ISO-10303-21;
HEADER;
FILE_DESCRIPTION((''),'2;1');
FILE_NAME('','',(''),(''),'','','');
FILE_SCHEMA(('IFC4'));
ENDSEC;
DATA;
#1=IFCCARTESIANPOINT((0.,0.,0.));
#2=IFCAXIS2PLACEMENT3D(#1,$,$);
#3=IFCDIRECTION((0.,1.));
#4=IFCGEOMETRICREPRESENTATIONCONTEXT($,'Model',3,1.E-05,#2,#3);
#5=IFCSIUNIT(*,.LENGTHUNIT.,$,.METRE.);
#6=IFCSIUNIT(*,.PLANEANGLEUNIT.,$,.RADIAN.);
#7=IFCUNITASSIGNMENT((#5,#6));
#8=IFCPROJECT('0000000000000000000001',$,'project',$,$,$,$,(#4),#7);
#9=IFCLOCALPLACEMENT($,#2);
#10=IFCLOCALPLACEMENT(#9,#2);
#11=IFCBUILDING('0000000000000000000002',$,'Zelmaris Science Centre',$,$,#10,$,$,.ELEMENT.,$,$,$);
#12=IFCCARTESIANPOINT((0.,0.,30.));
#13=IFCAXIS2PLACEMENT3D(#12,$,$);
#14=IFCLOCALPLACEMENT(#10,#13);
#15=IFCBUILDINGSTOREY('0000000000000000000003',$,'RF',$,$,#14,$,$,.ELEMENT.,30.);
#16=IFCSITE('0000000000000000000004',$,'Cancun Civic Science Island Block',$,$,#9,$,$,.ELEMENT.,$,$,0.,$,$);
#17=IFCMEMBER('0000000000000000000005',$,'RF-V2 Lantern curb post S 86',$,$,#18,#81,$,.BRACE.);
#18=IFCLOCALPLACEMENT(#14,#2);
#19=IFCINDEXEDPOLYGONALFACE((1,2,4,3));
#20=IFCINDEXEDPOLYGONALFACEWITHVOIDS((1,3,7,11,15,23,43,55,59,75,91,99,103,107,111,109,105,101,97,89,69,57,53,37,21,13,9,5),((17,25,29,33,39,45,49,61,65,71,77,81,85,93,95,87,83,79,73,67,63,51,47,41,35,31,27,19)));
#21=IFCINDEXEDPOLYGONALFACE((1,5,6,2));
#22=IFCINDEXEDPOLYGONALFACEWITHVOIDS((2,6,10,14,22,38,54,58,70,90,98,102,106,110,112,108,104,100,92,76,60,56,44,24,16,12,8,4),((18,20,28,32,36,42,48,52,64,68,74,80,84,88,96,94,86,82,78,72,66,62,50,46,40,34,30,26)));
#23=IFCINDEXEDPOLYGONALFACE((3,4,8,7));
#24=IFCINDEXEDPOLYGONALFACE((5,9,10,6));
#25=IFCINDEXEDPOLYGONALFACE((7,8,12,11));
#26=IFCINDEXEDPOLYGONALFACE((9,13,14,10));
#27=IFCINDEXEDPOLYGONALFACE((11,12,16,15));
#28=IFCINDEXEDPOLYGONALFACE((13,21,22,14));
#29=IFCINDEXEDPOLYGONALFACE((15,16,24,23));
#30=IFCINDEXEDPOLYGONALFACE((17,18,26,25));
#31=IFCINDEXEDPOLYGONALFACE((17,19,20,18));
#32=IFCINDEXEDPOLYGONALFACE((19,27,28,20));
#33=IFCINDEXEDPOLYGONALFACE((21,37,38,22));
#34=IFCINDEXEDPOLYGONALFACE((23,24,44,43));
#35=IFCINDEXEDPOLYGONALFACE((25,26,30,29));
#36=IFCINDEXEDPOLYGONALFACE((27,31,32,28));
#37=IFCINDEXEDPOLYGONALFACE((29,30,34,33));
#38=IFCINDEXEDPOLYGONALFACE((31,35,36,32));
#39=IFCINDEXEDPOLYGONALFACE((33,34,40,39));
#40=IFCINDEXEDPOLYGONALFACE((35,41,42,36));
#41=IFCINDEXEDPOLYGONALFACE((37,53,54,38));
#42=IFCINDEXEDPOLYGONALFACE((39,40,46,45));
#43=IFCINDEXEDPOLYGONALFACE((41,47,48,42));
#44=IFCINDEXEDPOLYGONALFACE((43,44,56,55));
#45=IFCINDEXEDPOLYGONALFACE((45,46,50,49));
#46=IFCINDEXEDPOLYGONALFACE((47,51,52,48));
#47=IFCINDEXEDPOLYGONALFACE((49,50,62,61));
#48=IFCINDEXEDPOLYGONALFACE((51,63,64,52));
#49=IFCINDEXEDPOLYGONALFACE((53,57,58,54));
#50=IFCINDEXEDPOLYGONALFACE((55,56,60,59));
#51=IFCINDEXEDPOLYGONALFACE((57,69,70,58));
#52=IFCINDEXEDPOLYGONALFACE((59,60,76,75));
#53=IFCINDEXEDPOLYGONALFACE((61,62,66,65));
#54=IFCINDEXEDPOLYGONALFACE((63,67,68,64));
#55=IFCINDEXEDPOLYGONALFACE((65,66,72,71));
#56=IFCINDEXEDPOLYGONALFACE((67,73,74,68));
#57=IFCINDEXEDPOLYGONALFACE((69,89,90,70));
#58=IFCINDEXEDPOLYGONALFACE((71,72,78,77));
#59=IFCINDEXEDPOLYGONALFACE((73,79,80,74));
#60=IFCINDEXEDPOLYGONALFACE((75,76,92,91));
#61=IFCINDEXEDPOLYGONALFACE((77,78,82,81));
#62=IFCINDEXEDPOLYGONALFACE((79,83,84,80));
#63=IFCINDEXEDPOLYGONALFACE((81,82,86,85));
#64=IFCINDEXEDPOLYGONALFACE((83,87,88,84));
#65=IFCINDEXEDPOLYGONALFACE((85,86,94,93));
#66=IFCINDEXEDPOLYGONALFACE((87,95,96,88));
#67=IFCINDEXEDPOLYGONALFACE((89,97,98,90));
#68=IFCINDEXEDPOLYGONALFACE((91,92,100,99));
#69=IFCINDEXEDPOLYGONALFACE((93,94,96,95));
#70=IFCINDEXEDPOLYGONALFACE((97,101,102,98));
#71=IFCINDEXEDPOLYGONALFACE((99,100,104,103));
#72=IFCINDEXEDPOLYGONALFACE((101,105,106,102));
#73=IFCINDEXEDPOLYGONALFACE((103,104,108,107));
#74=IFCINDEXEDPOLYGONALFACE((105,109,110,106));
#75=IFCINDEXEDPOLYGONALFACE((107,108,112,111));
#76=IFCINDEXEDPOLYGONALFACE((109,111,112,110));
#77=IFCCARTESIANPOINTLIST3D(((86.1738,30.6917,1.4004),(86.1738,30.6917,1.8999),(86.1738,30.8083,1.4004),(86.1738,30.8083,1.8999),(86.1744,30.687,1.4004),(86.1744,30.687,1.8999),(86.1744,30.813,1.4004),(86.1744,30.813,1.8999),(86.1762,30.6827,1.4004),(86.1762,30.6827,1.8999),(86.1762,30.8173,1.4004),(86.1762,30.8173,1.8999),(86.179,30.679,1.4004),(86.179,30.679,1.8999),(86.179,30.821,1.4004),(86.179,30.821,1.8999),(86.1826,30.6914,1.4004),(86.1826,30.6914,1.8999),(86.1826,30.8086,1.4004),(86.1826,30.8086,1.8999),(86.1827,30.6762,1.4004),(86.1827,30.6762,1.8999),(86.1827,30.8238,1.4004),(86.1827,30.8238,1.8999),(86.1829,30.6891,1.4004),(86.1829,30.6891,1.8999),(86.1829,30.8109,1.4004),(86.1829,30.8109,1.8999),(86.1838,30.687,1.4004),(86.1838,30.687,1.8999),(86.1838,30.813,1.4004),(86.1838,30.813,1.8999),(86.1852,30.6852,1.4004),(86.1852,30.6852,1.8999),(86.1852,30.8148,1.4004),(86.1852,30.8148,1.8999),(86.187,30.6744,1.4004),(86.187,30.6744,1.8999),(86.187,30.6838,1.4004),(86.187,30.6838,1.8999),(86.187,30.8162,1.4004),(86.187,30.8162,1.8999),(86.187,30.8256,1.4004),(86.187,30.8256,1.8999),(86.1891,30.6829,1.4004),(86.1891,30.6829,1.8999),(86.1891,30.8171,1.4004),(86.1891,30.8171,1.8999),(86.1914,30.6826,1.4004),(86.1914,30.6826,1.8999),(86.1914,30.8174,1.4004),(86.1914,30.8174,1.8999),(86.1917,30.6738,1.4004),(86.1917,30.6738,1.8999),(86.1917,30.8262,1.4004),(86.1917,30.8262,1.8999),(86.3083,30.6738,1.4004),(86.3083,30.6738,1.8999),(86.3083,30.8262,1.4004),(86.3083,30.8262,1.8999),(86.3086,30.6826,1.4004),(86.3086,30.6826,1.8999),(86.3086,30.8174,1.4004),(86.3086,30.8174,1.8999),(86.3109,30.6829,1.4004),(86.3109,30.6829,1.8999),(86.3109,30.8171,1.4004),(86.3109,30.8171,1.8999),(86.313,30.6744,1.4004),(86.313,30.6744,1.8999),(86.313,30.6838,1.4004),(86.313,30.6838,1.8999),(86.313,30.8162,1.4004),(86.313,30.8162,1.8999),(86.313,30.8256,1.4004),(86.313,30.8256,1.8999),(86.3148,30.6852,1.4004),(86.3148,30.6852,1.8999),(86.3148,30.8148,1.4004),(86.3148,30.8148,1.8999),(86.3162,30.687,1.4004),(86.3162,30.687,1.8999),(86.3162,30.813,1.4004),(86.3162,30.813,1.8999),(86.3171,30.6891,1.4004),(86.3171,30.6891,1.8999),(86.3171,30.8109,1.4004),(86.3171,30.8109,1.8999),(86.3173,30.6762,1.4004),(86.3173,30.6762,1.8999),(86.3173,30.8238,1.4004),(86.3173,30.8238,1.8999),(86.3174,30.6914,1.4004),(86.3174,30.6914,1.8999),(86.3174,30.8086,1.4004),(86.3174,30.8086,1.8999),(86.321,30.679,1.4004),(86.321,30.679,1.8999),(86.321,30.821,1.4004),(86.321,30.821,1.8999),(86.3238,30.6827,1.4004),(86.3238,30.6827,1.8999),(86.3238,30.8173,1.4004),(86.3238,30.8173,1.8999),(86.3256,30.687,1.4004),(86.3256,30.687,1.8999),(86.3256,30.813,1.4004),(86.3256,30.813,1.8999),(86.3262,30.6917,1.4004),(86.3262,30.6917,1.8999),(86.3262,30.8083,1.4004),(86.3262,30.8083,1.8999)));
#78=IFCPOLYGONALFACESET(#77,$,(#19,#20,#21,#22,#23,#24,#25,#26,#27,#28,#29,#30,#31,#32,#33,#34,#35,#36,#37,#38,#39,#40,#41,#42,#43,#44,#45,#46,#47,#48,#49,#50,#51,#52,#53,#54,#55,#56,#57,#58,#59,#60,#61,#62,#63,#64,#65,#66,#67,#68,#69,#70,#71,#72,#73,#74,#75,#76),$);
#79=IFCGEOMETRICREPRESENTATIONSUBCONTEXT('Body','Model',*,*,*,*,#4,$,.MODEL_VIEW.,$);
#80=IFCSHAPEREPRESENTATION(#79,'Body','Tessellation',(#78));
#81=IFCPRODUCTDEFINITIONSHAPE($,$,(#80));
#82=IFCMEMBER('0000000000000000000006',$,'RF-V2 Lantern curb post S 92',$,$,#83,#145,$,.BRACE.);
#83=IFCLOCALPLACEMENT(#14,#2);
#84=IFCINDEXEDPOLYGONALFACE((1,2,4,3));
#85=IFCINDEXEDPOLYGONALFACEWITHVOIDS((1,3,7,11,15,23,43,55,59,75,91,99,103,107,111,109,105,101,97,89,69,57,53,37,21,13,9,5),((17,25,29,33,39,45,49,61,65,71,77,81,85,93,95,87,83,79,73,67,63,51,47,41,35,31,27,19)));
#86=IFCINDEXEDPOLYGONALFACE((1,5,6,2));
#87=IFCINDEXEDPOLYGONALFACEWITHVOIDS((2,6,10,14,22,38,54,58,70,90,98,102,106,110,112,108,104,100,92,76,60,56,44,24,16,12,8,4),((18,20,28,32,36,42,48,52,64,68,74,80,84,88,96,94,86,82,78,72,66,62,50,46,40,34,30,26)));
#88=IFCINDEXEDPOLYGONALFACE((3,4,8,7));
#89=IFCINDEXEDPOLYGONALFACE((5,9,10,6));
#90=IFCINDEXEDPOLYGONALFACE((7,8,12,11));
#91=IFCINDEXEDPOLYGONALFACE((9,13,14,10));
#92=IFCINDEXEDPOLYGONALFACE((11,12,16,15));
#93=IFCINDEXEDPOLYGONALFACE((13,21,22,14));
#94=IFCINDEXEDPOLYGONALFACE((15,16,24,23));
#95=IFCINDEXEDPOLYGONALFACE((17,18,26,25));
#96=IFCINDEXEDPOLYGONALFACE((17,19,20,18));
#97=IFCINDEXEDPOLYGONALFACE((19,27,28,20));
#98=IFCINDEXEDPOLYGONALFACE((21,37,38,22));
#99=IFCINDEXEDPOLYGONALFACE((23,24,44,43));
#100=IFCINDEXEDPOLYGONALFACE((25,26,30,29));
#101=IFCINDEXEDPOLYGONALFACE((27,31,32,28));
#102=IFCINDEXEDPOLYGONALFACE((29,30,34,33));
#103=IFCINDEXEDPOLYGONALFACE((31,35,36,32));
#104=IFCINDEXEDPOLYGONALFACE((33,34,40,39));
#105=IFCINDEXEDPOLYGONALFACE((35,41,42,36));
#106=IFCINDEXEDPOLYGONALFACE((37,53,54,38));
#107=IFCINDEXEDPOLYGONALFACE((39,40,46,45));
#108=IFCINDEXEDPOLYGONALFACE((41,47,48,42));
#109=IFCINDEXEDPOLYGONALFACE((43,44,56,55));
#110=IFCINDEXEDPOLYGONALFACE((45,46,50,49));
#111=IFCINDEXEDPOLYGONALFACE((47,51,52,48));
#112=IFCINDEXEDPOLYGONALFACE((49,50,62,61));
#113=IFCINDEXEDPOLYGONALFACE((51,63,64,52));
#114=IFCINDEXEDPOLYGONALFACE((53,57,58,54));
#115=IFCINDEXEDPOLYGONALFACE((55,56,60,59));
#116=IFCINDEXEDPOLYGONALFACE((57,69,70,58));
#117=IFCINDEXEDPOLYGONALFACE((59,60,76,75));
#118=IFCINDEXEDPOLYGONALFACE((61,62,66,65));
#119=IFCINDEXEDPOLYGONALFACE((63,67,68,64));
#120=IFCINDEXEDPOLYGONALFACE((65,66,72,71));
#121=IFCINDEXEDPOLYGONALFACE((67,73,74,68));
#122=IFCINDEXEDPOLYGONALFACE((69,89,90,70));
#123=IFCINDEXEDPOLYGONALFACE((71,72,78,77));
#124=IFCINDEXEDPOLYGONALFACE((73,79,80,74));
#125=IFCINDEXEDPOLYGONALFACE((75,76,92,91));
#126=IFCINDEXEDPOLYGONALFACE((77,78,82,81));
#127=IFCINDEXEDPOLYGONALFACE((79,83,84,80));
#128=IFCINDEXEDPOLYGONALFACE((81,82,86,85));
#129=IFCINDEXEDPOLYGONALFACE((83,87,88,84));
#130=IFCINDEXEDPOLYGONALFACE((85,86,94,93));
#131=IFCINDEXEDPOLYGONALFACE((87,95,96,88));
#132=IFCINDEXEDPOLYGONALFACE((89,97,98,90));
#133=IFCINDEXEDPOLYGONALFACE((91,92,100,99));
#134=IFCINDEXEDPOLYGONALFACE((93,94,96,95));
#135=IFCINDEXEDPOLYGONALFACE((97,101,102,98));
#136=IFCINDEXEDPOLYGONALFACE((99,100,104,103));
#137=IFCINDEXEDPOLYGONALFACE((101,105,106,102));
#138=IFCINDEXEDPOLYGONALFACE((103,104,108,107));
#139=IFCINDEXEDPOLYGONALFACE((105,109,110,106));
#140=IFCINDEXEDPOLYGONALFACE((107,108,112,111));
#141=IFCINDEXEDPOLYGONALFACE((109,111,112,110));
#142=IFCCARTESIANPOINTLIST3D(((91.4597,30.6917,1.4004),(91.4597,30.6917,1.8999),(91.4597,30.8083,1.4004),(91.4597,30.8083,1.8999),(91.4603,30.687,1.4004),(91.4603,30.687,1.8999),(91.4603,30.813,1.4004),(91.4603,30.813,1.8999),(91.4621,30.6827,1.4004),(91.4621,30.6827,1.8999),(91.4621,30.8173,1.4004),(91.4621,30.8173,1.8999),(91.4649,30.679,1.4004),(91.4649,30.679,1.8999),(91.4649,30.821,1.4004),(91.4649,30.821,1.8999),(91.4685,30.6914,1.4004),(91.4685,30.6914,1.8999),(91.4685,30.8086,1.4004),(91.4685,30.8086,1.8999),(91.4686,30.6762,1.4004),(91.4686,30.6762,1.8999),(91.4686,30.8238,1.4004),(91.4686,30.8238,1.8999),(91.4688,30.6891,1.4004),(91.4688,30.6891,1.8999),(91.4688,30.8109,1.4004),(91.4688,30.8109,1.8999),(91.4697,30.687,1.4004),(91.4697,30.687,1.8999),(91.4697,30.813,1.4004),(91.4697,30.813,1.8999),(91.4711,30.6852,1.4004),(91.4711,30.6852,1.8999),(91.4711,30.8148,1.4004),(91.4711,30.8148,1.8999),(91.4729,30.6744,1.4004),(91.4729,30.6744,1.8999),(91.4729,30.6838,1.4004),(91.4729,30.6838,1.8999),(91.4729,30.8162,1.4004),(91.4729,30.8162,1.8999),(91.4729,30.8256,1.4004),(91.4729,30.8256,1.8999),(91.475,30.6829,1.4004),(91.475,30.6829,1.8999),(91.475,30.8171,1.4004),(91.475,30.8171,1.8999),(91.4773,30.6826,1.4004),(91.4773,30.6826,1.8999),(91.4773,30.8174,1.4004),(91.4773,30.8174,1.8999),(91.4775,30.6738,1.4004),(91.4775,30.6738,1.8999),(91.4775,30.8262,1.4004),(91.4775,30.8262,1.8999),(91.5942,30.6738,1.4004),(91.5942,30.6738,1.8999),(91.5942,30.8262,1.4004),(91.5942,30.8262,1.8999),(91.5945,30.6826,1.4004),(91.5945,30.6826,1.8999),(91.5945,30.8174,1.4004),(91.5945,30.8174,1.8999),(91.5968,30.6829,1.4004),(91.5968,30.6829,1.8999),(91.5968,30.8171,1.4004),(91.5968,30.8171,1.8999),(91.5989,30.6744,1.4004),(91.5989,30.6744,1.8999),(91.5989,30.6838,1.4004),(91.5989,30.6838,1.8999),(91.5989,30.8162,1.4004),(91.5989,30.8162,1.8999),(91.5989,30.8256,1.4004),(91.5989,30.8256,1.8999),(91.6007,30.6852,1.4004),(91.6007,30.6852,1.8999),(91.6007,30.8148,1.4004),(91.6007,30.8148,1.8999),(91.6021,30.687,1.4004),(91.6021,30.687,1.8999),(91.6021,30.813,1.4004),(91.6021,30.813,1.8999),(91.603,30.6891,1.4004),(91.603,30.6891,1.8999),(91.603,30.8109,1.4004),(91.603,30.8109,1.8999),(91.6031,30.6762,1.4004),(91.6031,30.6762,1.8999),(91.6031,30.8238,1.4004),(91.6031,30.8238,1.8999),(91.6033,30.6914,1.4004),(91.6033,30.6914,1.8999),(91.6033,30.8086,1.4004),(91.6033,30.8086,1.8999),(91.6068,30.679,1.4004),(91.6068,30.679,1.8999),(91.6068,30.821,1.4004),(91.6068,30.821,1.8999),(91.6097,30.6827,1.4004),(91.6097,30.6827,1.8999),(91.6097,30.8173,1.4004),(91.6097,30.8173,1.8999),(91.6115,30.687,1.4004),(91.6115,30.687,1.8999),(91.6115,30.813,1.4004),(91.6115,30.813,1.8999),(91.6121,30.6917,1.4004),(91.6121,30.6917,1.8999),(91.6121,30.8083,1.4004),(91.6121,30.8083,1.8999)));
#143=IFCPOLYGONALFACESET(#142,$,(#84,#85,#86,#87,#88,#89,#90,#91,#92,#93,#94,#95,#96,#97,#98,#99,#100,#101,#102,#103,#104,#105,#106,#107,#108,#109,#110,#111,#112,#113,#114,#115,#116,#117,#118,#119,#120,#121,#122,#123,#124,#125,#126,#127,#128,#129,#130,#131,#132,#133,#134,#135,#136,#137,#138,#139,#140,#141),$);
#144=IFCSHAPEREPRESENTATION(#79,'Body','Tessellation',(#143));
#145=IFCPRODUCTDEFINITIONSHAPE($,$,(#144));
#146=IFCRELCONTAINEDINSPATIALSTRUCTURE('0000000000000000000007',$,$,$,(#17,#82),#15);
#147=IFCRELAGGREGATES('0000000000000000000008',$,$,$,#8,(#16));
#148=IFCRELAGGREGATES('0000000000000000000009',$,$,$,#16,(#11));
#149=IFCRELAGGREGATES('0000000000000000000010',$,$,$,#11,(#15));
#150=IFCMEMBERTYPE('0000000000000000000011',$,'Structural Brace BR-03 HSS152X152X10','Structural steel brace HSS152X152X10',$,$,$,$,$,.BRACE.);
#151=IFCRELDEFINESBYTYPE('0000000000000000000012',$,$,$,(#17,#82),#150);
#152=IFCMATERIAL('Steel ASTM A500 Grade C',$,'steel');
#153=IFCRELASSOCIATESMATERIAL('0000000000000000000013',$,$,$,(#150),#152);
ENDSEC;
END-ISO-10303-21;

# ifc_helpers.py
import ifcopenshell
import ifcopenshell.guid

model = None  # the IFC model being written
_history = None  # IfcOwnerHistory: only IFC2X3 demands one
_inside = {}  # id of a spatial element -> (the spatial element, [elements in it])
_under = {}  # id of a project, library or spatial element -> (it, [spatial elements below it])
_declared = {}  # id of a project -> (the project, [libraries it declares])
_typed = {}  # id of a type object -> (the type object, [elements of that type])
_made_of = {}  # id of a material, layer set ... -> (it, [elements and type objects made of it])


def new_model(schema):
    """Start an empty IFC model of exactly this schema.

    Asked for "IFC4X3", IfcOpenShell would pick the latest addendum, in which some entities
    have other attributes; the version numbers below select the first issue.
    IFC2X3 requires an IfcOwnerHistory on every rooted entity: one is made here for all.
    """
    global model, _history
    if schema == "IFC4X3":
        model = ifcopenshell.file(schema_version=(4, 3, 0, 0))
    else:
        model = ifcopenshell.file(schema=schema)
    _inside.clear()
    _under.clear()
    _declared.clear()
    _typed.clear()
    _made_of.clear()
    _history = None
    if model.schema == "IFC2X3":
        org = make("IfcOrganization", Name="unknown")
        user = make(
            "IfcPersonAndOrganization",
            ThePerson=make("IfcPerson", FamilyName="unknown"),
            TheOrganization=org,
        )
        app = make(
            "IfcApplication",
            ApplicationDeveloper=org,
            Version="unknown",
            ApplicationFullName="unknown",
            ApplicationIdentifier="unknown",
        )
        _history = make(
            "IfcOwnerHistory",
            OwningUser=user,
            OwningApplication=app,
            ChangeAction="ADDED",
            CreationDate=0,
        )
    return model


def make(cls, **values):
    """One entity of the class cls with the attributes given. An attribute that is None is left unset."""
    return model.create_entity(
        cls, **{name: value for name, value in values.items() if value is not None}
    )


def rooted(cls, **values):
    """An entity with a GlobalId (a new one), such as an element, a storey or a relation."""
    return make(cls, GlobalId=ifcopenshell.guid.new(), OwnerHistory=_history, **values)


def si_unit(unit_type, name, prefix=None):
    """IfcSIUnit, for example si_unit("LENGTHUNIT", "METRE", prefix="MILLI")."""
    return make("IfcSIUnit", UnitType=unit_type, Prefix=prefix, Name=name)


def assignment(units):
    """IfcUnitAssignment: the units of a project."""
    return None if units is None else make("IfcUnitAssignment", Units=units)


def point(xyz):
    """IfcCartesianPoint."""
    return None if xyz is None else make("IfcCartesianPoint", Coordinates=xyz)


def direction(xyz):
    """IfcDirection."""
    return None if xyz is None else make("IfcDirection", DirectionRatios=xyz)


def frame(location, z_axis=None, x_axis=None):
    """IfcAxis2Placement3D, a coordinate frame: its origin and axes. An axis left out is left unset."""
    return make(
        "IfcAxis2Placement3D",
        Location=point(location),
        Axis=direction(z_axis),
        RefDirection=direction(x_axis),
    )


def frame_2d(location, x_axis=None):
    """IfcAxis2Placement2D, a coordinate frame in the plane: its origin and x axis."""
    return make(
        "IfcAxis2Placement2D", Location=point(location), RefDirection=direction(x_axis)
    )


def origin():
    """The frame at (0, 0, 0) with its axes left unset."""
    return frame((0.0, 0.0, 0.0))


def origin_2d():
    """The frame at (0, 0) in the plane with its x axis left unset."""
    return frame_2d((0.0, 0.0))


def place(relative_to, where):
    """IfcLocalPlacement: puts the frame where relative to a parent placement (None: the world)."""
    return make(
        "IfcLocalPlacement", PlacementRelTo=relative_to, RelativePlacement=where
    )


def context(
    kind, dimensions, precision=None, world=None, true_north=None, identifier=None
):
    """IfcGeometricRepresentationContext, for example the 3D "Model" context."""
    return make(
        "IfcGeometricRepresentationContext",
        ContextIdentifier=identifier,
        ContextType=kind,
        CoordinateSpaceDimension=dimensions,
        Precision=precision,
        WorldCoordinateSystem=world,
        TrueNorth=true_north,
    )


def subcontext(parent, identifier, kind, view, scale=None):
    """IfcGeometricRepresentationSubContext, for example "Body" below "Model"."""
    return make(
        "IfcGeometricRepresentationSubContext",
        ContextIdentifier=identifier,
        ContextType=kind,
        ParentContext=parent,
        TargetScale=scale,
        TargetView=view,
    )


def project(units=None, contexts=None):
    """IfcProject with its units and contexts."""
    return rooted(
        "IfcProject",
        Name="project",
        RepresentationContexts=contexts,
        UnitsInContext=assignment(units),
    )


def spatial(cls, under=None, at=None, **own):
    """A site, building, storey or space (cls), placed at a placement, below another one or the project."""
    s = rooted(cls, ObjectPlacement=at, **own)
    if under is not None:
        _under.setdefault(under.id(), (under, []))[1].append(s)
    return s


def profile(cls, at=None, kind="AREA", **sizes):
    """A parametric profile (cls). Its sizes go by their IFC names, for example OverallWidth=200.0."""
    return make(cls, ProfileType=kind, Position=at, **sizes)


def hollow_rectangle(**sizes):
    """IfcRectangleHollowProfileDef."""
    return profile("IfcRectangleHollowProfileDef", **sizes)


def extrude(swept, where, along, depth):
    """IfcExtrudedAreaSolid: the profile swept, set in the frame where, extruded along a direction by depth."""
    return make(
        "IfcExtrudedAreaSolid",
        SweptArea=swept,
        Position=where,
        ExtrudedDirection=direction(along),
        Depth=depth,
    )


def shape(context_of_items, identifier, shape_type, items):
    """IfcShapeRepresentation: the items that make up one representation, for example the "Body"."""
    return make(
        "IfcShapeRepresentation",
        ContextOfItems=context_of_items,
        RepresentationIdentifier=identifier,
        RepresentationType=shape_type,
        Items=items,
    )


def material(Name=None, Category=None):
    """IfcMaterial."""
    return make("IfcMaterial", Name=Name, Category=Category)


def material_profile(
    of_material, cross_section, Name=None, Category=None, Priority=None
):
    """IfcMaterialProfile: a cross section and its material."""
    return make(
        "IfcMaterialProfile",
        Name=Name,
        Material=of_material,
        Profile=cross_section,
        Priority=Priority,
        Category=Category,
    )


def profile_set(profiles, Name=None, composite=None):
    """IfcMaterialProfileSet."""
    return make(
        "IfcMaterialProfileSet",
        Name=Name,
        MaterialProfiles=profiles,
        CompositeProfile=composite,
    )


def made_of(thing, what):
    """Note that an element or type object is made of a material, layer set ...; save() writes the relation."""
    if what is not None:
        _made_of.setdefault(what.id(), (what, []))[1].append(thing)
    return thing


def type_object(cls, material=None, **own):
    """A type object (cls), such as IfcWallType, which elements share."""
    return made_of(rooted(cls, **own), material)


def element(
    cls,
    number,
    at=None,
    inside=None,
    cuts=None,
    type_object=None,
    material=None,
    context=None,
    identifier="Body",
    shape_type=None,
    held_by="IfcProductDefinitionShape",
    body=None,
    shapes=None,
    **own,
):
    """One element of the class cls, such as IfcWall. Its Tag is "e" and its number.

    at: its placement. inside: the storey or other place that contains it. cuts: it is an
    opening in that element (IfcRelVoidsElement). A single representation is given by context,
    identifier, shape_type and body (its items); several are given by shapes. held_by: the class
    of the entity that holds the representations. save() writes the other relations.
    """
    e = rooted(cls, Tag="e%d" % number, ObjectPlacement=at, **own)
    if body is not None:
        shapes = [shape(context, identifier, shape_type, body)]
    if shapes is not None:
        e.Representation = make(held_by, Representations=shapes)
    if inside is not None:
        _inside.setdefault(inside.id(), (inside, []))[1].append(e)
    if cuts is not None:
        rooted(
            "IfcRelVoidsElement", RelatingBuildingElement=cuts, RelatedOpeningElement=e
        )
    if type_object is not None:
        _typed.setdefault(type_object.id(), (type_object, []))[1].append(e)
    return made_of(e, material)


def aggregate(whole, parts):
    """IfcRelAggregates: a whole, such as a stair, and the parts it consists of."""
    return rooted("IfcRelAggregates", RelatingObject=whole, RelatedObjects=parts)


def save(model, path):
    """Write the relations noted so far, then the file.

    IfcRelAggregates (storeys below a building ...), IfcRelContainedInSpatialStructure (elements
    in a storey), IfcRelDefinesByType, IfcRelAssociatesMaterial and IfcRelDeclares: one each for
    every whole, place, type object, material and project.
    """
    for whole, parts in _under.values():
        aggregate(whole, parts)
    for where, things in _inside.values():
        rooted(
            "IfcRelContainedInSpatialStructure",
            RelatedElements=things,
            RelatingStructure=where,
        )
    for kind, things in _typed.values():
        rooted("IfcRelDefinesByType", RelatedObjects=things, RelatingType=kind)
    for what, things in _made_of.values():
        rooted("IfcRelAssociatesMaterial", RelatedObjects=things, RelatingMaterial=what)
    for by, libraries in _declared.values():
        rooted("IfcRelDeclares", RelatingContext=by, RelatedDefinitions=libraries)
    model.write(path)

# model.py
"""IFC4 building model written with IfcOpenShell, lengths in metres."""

from ifc_helpers import new_model, si_unit, direction, frame, origin, origin_2d, place, context, subcontext, project, spatial, hollow_rectangle, extrude, material, material_profile, profile_set, type_object, element, save


model = new_model("IFC4")

# Units and contexts
model_context = context("Model", 3, precision=1e-05, world=origin(), true_north=direction((0.0, 1.0)))
body_context = subcontext(model_context, "Body", "Model", "MODEL_VIEW")
ifc_project = project(units=[si_unit("LENGTHUNIT", "METRE"), si_unit("PLANEANGLEUNIT", "RADIAN")], contexts=[model_context])

# Site, building, storey
site_placement = place(None, origin())
site = spatial("IfcSite", under=ifc_project, at=site_placement, Name="Cancun Civic Science Island Block", CompositionType="ELEMENT", RefElevation=0.0)
building_placement = place(site_placement, origin())
building = spatial("IfcBuilding", under=site, at=building_placement, Name="Zelmaris Science Centre", CompositionType="ELEMENT")
storey_placement = place(building_placement, frame((0.0, 0.0, 30.0)))
storey = spatial("IfcBuildingStorey", under=building, at=storey_placement, Name="RF", CompositionType="ELEMENT", Elevation=30.0)

# Shared definitions
ifc_material_1 = material(Name="Steel ASTM A500 Grade C", Category="steel")

# Members
ifc_material_profile_1 = material_profile(ifc_material_1, hollow_rectangle(XDim=0.1523, YDim=0.1523, WallThickness=0.0088, InnerFilletRadius=0.0088, OuterFilletRadius=0.0178, at=origin_2d()), Name="HSS152X152X10")
ifc_profile_set_1 = profile_set([ifc_material_profile_1], Name="Steel ASTM A500 Grade C")
member_type_1 = type_object("IfcMemberType", Name="Structural Brace BR-03 HSS152X152X10", Description="Structural steel brace HSS152X152X10", PredefinedType="BRACE", material=ifc_profile_set_1)
for number, where, z_axis, x_axis, name in (
    (1, (86.25, 30.75, 1.4004), (0.0, 0.0, 1.0), (1.0, 0.0, 0.0), "RF-V2 Lantern curb post S 86"),
    (2, (91.5359, 30.75, 1.4004), (0.0, 0.0, 1.0), (1.0, 0.0, 0.0), "RF-V2 Lantern curb post S 92"),
):
    element("IfcMember", number, at=place(storey_placement, frame(where, z_axis=z_axis, x_axis=x_axis)), inside=storey, type_object=member_type_1, Name=name, PredefinedType="BRACE", context=body_context, shape_type="SweptSolid", body=[
        extrude(hollow_rectangle(XDim=0.1523, YDim=0.1523, WallThickness=0.0088, InnerFilletRadius=0.0088, OuterFilletRadius=0.0178, at=origin_2d()), origin(), (0.0, 0.0, 1.0), 0.4995),
    ])

save(model, "model.ifc")
